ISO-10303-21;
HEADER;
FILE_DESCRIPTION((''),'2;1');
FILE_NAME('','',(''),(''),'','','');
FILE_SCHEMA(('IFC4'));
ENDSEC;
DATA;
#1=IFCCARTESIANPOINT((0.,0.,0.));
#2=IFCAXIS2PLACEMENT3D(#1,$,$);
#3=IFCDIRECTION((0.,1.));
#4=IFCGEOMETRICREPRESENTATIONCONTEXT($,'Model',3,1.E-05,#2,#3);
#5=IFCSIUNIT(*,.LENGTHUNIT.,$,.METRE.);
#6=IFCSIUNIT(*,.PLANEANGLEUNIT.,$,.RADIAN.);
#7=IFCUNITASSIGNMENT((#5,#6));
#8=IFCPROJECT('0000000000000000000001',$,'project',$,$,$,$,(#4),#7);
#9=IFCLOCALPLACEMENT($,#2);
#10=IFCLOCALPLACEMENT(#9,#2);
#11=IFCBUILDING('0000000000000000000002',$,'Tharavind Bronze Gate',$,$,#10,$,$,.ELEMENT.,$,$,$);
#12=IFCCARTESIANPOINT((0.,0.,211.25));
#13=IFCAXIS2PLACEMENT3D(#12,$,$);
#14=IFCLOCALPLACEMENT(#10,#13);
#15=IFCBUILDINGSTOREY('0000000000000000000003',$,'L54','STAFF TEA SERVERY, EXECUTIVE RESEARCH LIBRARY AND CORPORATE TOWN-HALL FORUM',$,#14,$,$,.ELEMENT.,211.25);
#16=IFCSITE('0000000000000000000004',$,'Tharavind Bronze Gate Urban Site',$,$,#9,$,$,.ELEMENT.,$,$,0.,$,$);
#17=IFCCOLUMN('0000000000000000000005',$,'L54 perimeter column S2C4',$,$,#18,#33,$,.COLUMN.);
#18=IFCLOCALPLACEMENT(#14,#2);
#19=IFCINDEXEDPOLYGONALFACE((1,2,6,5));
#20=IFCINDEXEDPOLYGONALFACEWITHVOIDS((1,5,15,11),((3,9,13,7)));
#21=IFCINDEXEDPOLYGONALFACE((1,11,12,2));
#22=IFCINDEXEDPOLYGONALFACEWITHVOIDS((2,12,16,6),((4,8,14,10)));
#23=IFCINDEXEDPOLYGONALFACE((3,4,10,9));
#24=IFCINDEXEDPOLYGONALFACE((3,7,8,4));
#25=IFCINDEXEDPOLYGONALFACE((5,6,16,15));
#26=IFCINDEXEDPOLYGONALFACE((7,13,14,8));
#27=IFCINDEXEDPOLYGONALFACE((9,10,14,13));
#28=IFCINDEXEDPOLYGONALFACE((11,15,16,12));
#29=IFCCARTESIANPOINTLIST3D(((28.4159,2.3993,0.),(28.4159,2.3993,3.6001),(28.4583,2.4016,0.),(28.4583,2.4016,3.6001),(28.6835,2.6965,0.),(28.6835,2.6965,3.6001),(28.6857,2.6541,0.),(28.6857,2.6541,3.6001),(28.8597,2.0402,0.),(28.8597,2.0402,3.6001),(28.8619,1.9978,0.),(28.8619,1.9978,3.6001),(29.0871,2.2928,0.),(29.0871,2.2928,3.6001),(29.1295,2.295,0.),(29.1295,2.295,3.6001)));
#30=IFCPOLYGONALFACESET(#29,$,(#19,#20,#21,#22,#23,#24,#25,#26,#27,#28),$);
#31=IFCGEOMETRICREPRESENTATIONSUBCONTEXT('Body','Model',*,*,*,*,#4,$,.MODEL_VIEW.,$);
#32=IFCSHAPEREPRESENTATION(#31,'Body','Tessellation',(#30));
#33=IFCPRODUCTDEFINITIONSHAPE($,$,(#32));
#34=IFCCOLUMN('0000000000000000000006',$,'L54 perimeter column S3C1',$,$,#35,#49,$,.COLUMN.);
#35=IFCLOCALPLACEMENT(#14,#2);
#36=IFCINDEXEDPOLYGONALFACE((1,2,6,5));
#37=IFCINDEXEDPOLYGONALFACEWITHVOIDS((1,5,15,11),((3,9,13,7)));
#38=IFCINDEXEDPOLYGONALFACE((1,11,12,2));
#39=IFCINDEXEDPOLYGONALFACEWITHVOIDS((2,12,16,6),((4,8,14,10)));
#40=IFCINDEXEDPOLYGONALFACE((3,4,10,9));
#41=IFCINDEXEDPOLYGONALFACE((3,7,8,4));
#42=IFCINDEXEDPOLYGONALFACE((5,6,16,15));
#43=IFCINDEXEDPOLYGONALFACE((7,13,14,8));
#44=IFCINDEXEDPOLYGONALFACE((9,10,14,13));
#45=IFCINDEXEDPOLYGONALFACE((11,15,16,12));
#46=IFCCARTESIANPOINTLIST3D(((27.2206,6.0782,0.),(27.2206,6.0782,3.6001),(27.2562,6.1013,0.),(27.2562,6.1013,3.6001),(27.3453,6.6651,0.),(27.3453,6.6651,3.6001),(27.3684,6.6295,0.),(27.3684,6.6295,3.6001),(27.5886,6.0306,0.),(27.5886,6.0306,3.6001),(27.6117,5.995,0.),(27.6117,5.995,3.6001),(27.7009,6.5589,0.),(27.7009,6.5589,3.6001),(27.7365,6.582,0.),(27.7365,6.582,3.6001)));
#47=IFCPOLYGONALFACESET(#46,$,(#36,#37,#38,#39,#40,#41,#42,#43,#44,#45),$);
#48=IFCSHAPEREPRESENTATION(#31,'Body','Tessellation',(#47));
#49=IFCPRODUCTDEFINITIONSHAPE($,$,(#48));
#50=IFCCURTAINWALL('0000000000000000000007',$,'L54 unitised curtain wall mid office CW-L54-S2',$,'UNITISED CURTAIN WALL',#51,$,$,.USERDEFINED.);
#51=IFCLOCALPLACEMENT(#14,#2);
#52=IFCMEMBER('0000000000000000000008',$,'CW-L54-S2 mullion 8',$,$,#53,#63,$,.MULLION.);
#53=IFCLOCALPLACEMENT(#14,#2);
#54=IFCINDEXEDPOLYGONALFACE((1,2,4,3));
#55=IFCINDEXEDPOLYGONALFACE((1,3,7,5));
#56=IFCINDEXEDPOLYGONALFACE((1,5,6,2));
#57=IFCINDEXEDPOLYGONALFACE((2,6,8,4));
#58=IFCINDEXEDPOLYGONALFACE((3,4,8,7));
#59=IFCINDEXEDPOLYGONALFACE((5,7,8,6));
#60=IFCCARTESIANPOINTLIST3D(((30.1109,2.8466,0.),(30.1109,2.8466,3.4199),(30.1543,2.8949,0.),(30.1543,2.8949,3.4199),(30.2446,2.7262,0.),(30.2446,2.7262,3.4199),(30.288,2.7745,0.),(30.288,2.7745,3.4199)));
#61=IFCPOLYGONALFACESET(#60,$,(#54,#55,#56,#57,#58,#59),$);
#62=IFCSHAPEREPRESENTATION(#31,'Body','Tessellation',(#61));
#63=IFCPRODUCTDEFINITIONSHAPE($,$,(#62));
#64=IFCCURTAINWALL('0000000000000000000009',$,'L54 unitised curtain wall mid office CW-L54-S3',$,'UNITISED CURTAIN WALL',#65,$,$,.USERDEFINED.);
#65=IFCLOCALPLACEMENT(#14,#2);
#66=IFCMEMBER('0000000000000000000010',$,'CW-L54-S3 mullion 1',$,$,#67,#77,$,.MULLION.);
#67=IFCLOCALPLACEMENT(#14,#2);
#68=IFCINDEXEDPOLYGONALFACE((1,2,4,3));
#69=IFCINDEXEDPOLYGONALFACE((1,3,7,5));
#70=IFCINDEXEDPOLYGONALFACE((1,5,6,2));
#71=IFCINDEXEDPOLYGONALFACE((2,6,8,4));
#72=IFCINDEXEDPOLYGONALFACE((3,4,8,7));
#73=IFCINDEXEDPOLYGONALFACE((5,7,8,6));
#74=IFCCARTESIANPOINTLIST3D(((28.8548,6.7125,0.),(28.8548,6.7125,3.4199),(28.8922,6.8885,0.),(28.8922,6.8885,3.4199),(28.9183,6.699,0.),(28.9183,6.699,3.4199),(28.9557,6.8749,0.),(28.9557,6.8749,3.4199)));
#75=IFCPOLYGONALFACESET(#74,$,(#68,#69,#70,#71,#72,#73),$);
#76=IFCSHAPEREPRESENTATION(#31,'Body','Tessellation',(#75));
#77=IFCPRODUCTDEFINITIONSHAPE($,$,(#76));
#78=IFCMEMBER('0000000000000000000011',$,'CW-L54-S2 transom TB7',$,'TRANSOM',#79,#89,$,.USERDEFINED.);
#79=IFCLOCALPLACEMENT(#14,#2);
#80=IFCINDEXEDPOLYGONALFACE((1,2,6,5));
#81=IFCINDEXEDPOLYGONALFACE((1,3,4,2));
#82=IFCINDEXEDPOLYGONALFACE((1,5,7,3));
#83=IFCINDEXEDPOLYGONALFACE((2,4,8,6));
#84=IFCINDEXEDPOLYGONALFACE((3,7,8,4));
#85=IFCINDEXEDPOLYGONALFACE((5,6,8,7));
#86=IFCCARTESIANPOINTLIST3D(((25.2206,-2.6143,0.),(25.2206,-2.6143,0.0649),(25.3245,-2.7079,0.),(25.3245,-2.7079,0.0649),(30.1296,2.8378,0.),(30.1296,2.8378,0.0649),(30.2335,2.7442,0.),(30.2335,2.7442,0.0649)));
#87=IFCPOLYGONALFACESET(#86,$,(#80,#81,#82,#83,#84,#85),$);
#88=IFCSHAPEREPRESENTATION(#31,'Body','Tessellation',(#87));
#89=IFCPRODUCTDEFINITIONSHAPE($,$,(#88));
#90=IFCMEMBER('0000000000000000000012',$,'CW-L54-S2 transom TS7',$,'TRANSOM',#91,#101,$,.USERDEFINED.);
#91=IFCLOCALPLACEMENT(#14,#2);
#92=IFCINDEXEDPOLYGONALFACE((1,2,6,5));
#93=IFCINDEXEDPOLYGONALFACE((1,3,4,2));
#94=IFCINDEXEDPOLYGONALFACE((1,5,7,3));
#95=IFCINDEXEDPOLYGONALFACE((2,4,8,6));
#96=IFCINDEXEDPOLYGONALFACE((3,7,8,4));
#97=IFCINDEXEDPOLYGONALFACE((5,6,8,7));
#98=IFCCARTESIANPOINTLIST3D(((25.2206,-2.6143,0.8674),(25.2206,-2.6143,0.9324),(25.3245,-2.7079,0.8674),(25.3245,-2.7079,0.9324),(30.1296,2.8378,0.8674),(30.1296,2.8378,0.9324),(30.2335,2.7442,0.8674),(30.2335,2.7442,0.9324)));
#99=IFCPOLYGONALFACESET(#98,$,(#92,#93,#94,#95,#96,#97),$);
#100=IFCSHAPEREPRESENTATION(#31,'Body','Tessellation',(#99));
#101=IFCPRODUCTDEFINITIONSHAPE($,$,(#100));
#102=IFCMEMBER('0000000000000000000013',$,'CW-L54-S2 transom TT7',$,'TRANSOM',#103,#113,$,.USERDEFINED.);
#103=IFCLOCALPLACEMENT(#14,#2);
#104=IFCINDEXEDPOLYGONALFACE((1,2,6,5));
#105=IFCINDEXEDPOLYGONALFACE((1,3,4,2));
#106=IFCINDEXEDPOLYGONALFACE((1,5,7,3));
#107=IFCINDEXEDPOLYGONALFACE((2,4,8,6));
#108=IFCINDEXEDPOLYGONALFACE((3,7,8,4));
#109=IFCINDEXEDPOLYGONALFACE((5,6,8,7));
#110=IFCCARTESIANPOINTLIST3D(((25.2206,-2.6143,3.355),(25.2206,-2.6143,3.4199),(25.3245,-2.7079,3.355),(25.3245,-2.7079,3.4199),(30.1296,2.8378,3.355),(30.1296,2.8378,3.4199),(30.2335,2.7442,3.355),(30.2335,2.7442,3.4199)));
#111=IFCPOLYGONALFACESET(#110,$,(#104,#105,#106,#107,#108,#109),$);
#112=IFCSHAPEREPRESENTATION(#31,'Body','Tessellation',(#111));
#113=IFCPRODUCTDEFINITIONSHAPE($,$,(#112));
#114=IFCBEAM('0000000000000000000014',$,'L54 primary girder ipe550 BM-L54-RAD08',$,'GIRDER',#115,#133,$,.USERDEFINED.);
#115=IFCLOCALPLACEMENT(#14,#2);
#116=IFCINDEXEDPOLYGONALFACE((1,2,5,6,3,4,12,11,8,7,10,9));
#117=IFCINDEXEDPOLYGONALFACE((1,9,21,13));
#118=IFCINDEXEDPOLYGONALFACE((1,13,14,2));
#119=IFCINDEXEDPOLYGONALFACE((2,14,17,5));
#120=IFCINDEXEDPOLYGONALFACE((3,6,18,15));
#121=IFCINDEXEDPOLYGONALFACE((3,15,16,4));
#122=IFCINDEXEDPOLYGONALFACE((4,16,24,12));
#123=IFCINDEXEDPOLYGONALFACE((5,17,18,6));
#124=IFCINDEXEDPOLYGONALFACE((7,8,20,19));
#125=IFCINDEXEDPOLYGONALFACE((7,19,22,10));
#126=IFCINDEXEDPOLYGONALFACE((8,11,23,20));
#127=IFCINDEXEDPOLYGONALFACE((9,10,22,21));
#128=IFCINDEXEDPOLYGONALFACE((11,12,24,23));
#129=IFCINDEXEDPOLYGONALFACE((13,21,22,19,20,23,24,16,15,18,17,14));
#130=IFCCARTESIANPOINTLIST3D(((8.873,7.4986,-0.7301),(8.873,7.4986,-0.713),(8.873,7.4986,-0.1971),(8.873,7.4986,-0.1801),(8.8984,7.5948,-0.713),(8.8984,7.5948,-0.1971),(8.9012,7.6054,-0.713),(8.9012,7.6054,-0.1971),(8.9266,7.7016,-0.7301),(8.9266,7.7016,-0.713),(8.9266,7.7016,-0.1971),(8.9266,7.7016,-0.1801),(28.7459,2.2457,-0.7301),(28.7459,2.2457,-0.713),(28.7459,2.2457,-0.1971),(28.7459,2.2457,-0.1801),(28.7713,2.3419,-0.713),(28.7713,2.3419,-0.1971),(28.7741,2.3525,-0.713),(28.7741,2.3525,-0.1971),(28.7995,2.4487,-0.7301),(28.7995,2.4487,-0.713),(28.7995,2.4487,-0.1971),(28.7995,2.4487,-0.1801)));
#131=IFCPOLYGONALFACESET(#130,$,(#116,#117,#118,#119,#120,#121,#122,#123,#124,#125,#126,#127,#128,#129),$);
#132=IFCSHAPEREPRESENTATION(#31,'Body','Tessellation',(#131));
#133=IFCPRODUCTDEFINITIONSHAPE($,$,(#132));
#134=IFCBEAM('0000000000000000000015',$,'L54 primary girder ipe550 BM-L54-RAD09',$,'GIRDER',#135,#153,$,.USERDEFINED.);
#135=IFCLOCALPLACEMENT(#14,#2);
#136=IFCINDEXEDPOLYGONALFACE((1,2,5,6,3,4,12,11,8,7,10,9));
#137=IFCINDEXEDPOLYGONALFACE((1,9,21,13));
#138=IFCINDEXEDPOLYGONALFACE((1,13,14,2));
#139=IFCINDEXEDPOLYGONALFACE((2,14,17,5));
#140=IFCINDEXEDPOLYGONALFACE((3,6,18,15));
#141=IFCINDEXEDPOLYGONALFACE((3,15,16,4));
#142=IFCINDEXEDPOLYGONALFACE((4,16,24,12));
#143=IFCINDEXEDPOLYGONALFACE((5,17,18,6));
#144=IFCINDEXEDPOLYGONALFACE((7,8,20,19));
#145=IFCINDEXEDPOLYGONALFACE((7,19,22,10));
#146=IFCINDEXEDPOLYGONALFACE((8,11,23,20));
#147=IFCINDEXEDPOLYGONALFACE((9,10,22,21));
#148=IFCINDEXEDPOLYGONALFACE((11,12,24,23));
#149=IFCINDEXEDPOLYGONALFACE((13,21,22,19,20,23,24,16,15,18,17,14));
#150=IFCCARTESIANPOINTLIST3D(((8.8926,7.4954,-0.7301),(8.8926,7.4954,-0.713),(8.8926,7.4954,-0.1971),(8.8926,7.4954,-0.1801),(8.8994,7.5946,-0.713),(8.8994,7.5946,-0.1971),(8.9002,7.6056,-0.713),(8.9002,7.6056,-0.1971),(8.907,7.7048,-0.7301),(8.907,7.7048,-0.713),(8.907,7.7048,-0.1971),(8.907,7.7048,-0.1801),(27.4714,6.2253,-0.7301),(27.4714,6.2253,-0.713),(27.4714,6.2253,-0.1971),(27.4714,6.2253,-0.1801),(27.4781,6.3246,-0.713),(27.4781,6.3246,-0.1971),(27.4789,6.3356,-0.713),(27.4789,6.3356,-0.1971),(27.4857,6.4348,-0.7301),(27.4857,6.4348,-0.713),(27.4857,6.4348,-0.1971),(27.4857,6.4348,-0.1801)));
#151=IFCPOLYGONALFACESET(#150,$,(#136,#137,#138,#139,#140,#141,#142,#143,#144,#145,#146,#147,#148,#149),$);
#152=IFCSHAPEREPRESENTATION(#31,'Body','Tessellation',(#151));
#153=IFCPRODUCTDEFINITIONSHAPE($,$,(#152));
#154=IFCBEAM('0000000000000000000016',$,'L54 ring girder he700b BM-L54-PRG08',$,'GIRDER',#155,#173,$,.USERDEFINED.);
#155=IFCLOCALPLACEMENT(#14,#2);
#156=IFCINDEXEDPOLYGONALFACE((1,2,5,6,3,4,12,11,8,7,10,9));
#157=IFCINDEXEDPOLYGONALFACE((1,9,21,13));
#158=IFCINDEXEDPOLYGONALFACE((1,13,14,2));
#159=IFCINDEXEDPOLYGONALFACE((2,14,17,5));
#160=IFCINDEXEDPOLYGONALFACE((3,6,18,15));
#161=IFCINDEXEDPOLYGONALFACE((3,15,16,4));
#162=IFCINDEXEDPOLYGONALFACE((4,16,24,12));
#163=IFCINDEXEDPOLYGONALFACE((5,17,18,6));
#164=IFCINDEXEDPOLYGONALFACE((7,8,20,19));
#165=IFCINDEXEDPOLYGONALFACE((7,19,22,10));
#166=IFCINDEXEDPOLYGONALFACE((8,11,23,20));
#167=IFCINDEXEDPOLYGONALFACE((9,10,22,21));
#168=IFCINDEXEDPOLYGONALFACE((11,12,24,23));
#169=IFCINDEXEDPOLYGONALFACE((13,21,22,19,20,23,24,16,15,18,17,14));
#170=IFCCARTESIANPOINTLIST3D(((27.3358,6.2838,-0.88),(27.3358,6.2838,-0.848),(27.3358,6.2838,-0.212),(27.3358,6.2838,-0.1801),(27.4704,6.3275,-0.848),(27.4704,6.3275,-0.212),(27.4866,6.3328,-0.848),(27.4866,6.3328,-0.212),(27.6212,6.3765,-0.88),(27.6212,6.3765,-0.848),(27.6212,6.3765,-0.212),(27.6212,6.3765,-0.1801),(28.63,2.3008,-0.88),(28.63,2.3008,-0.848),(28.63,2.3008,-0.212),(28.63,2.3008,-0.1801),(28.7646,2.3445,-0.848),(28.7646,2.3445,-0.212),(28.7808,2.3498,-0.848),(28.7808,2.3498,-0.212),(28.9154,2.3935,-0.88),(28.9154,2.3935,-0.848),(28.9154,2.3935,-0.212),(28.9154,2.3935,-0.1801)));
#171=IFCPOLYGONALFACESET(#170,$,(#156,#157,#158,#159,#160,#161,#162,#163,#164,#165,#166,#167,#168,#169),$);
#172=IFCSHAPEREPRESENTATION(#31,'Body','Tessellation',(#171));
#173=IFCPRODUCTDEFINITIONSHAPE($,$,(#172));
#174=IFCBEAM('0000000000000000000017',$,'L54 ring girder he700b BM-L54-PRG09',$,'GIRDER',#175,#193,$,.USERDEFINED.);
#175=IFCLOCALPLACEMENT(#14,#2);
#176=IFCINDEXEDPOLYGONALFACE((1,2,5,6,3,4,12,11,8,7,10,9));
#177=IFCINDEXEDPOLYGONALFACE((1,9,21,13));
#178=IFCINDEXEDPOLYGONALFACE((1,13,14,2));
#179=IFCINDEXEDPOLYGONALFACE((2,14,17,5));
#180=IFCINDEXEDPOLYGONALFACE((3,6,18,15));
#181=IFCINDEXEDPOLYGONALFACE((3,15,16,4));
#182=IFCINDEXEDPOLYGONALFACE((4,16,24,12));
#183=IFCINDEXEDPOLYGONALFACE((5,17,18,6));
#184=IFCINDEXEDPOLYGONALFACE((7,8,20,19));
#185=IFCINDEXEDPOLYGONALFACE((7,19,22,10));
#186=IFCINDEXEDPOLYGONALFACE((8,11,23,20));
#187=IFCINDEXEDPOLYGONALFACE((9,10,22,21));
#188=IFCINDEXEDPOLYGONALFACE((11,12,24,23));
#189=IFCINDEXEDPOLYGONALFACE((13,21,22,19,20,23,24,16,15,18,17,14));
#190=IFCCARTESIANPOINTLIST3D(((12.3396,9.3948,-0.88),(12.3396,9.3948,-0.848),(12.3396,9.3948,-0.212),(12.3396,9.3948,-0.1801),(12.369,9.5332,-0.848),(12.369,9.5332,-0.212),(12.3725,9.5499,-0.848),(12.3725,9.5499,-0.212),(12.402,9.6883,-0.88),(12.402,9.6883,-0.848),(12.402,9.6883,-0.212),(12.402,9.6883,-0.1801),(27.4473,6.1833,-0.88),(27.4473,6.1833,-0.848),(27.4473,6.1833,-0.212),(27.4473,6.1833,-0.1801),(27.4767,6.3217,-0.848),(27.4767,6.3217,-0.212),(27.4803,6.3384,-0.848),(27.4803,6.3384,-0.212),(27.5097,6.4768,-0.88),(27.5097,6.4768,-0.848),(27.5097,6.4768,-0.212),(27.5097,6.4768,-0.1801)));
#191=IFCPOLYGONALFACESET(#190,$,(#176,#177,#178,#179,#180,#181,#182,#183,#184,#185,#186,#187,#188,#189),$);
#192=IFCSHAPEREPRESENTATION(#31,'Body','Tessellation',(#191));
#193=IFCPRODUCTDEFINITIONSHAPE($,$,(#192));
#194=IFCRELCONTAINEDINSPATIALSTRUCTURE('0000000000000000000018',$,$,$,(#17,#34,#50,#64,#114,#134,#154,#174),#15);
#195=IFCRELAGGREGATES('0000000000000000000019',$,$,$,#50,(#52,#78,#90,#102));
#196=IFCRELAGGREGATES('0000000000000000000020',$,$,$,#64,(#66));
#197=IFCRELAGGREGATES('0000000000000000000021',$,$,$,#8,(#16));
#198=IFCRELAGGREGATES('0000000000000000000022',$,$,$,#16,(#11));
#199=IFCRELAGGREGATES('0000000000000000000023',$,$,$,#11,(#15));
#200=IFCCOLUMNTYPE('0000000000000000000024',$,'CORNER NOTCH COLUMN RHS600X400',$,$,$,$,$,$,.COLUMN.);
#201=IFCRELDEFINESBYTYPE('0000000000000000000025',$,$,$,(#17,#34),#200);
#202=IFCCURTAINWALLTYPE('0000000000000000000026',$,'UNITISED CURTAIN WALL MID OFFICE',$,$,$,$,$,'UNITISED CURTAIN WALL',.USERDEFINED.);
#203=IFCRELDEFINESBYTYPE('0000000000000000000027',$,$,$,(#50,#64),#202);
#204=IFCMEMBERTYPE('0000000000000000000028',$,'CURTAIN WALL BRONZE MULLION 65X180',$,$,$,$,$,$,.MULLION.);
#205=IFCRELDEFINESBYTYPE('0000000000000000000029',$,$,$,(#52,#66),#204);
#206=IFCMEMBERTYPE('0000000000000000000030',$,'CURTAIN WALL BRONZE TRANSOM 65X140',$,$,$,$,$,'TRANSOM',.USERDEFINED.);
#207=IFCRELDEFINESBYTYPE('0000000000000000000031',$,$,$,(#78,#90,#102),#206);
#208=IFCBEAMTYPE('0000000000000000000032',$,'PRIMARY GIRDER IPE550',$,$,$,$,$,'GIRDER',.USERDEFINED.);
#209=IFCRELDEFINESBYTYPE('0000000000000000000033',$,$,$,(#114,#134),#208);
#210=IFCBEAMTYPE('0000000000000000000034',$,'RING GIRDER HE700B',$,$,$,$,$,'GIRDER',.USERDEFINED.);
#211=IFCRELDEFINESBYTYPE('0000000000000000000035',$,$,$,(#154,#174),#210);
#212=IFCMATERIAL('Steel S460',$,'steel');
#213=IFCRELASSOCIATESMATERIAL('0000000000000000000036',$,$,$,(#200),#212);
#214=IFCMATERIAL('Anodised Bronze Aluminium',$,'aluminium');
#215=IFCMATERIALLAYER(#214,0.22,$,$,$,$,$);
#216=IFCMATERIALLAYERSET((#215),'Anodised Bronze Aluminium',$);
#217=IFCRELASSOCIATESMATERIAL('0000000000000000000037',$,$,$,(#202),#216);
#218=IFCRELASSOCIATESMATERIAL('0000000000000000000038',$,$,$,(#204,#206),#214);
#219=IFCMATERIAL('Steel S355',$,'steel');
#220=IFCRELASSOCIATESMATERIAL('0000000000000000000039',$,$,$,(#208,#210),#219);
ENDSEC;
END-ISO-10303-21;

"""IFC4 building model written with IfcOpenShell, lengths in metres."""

from ifc_helpers import new_model, si_unit, direction, frame, origin, origin_2d, place, context, subcontext, project, spatial, rectangle, hollow_rectangle, i_section, extrude, material, layer, layer_set, material_profile, profile_set, type_object, element, aggregate, save


model = new_model("IFC4")

# Units and contexts
model_context = context("Model", 3, precision=1e-05, world=origin(), true_north=direction((0.0, 1.0)))
body_context = subcontext(model_context, "Body", "Model", "MODEL_VIEW")
ifc_project = project(units=[si_unit("LENGTHUNIT", "METRE"), si_unit("PLANEANGLEUNIT", "RADIAN")], contexts=[model_context])

# Site, building, storey
site_placement = place(None, origin())
site = spatial("IfcSite", under=ifc_project, at=site_placement, Name="Tharavind Bronze Gate Urban Site", CompositionType="ELEMENT", RefElevation=0.0)
building_placement = place(site_placement, origin())
building = spatial("IfcBuilding", under=site, at=building_placement, Name="Tharavind Bronze Gate", CompositionType="ELEMENT")
storey_placement = place(building_placement, frame((0.0, 0.0, 211.25)))
storey = spatial("IfcBuildingStorey", under=building, at=storey_placement, Name="L54", Description="STAFF TEA SERVERY, EXECUTIVE RESEARCH LIBRARY AND CORPORATE TOWN-HALL FORUM", CompositionType="ELEMENT", Elevation=211.25)

# Columns
ifc_material_1 = material(Name="Steel S460", Category="steel")
ifc_material_profile_1 = material_profile(ifc_material_1, hollow_rectangle(XDim=0.3999, YDim=0.6001, WallThickness=0.03, at=origin_2d()), Name="RHS600X400X30")
ifc_profile_set_1 = profile_set([ifc_material_profile_1], Name="Steel S460")
column_type = type_object("IfcColumnType", Name="CORNER NOTCH COLUMN RHS600X400", PredefinedType="COLUMN", material=ifc_profile_set_1)
for number, where, z_axis, x_axis, name in (
    (1, (28.7727, 2.3472, 0.0), (0.0, 0.0, 1.0), (0.669131, 0.743145, 0.0), "L54 perimeter column S2C4"),
    (2, (27.4785, 6.3301, 0.0), (0.0, 0.0, 1.0), (-0.978148, 0.207912, 0.0), "L54 perimeter column S3C1"),
):
    element("IfcColumn", number, at=place(storey_placement, frame(where, z_axis=z_axis, x_axis=x_axis)), inside=storey, type_object=column_type, Name=name, PredefinedType="COLUMN", context=body_context, shape_type="SweptSolid", body=[
        extrude(hollow_rectangle(XDim=0.3999, YDim=0.6001, WallThickness=0.03, at=origin_2d()), origin(), (0.0, 0.0, 1.0), 3.6001),
    ])

# Curtain walls, members
ifc_material_2 = material(Name="Anodised Bronze Aluminium", Category="aluminium")
ifc_layer_1 = layer(ifc_material_2, 0.22)
ifc_layer_set_1 = layer_set([ifc_layer_1], Name="Anodised Bronze Aluminium")
curtain_wall_type = type_object("IfcCurtainWallType", Name="UNITISED CURTAIN WALL MID OFFICE", ElementType="UNITISED CURTAIN WALL", PredefinedType="USERDEFINED", material=ifc_layer_set_1)
curtain_wall_1_placement = place(storey_placement, origin())
curtain_wall_1 = element("IfcCurtainWall", 3, at=curtain_wall_1_placement, inside=storey, type_object=curtain_wall_type, Name="L54 unitised curtain wall mid office CW-L54-S2", ObjectType="UNITISED CURTAIN WALL", PredefinedType="USERDEFINED")
member_type_1 = type_object("IfcMemberType", Name="CURTAIN WALL BRONZE MULLION 65X180", PredefinedType="MULLION", material=ifc_material_2)
member_1_placement = place(storey_placement, frame((30.1995, 2.8105, 0.0), z_axis=(0.0, 0.0, 1.0), x_axis=(0.669131, 0.743145, 0.0)))
member_1 = element("IfcMember", 4, at=member_1_placement, type_object=member_type_1, Name="CW-L54-S2 mullion 8", PredefinedType="MULLION", context=body_context, shape_type="SweptSolid", body=[
    extrude(rectangle(XDim=0.0649, YDim=0.1799, at=origin_2d()), origin(), (0.0, 0.0, 1.0), 3.4199),
])
curtain_wall_2_placement = place(storey_placement, origin())
curtain_wall_2 = element("IfcCurtainWall", 5, at=curtain_wall_2_placement, inside=storey, type_object=curtain_wall_type, Name="L54 unitised curtain wall mid office CW-L54-S3", ObjectType="UNITISED CURTAIN WALL", PredefinedType="USERDEFINED")
member_2_placement = place(storey_placement, frame((28.9053, 6.7937, 0.0), z_axis=(0.0, 0.0, 1.0), x_axis=(-0.978148, 0.207912, 0.0)))
member_2 = element("IfcMember", 6, at=member_2_placement, type_object=member_type_1, Name="CW-L54-S3 mullion 1", PredefinedType="MULLION", context=body_context, shape_type="SweptSolid", body=[
    extrude(rectangle(XDim=0.0649, YDim=0.1799, at=origin_2d()), origin(), (0.0, 0.0, 1.0), 3.4199),
])

# Members
member_type_2 = type_object("IfcMemberType", Name="CURTAIN WALL BRONZE TRANSOM 65X140", ElementType="TRANSOM", PredefinedType="USERDEFINED", material=ifc_material_2)
member_3_placement = place(storey_placement, frame((27.7271, 0.0649, 0.0), z_axis=(0.0, 0.0, 1.0), x_axis=(0.669131, 0.743145, 0.0)))
member_3 = element("IfcMember", 7, at=member_3_placement, type_object=member_type_2, Name="CW-L54-S2 transom TB7", ObjectType="TRANSOM", PredefinedType="USERDEFINED", context=body_context, shape_type="SweptSolid", body=[
    extrude(rectangle(XDim=7.3364, YDim=0.1399, at=origin_2d()), origin(), (0.0, 0.0, 1.0), 0.0649),
])
member_4_placement = place(storey_placement, frame((27.7271, 0.0649, 0.8674), z_axis=(0.0, 0.0, 1.0), x_axis=(0.669131, 0.743145, 0.0)))
member_4 = element("IfcMember", 8, at=member_4_placement, type_object=member_type_2, Name="CW-L54-S2 transom TS7", ObjectType="TRANSOM", PredefinedType="USERDEFINED", context=body_context, shape_type="SweptSolid", body=[
    extrude(rectangle(XDim=7.3364, YDim=0.1399, at=origin_2d()), origin(), (0.0, 0.0, 1.0), 0.0649),
])
member_5_placement = place(storey_placement, frame((27.7271, 0.0649, 3.355), z_axis=(0.0, 0.0, 1.0), x_axis=(0.669131, 0.743145, 0.0)))
member_5 = element("IfcMember", 9, at=member_5_placement, type_object=member_type_2, Name="CW-L54-S2 transom TT7", ObjectType="TRANSOM", PredefinedType="USERDEFINED", context=body_context, shape_type="SweptSolid", body=[
    extrude(rectangle(XDim=7.3364, YDim=0.1399, at=origin_2d()), origin(), (0.0, 0.0, 1.0), 0.0649),
])

# Beams
ifc_material_3 = material(Name="Steel S355", Category="steel")
ifc_material_profile_2 = material_profile(ifc_material_3, i_section(OverallWidth=0.21, OverallDepth=0.55, WebThickness=0.011, FlangeThickness=0.0171, at=origin_2d()), Name="IPE550")
ifc_profile_set_2 = profile_set([ifc_material_profile_2], Name="Steel S355")
beam_type_1 = type_object("IfcBeamType", Name="PRIMARY GIRDER IPE550", ElementType="GIRDER", PredefinedType="USERDEFINED", material=ifc_profile_set_2)
beam_1_placement = place(storey_placement, frame((28.7727, 2.3472, -0.4551), z_axis=(-0.966796, 0.255551, 0.0), x_axis=(-0.255551, -0.966796, 0.0)))
element("IfcBeam", 10, at=beam_1_placement, inside=storey, type_object=beam_type_1, Name="L54 primary girder ipe550 BM-L54-RAD08", ObjectType="GIRDER", PredefinedType="USERDEFINED", context=body_context, shape_type="SweptSolid", body=[
    extrude(i_section(OverallWidth=0.21, OverallDepth=0.55, WebThickness=0.011, FlangeThickness=0.0171, at=origin_2d()), origin(), (0.0, 0.0, 1.0), 20.5554),
])
beam_2_placement = place(storey_placement, frame((27.4785, 6.3301, -0.4551), z_axis=(-0.997672, 0.0682, 0.0), x_axis=(-0.0682, -0.997672, 0.0)))
element("IfcBeam", 11, at=beam_2_placement, inside=storey, type_object=beam_type_1, Name="L54 primary girder ipe550 BM-L54-RAD09", ObjectType="GIRDER", PredefinedType="USERDEFINED", context=body_context, shape_type="SweptSolid", body=[
    extrude(i_section(OverallWidth=0.21, OverallDepth=0.55, WebThickness=0.011, FlangeThickness=0.0171, at=origin_2d()), origin(), (0.0, 0.0, 1.0), 18.6221),
])
ifc_material_profile_3 = material_profile(ifc_material_3, i_section(OverallWidth=0.3, OverallDepth=0.7, WebThickness=0.0171, FlangeThickness=0.032, at=origin_2d()), Name="HE700B")
ifc_profile_set_3 = profile_set([ifc_material_profile_3], Name="Steel S355")
beam_type_2 = type_object("IfcBeamType", Name="RING GIRDER HE700B", ElementType="GIRDER", PredefinedType="USERDEFINED", material=ifc_profile_set_3)
beam_3_placement = place(storey_placement, frame((28.7727, 2.3472, -0.53), z_axis=(-0.309031, 0.951052, 0.0), x_axis=(-0.951052, -0.309031, 0.0)))
element("IfcBeam", 12, at=beam_3_placement, inside=storey, type_object=beam_type_2, Name="L54 ring girder he700b BM-L54-PRG08", ObjectType="GIRDER", PredefinedType="USERDEFINED", context=body_context, shape_type="SweptSolid", body=[
    extrude(i_section(OverallWidth=0.3, OverallDepth=0.7, WebThickness=0.0171, FlangeThickness=0.032, at=origin_2d()), origin(), (0.0, 0.0, 1.0), 4.188),
])
beam_4_placement = place(storey_placement, frame((27.4785, 6.3301, -0.53), z_axis=(-0.978145, 0.207924, 0.0), x_axis=(-0.207924, -0.978145, 0.0)))
element("IfcBeam", 13, at=beam_4_placement, inside=storey, type_object=beam_type_2, Name="L54 ring girder he700b BM-L54-PRG09", ObjectType="GIRDER", PredefinedType="USERDEFINED", context=body_context, shape_type="SweptSolid", body=[
    extrude(i_section(OverallWidth=0.3, OverallDepth=0.7, WebThickness=0.0171, FlangeThickness=0.032, at=origin_2d()), origin(), (0.0, 0.0, 1.0), 15.4453),
])

aggregate(curtain_wall_1, [member_1, member_3, member_4, member_5])
aggregate(curtain_wall_2, [member_2])

save(model, "model.ifc")
